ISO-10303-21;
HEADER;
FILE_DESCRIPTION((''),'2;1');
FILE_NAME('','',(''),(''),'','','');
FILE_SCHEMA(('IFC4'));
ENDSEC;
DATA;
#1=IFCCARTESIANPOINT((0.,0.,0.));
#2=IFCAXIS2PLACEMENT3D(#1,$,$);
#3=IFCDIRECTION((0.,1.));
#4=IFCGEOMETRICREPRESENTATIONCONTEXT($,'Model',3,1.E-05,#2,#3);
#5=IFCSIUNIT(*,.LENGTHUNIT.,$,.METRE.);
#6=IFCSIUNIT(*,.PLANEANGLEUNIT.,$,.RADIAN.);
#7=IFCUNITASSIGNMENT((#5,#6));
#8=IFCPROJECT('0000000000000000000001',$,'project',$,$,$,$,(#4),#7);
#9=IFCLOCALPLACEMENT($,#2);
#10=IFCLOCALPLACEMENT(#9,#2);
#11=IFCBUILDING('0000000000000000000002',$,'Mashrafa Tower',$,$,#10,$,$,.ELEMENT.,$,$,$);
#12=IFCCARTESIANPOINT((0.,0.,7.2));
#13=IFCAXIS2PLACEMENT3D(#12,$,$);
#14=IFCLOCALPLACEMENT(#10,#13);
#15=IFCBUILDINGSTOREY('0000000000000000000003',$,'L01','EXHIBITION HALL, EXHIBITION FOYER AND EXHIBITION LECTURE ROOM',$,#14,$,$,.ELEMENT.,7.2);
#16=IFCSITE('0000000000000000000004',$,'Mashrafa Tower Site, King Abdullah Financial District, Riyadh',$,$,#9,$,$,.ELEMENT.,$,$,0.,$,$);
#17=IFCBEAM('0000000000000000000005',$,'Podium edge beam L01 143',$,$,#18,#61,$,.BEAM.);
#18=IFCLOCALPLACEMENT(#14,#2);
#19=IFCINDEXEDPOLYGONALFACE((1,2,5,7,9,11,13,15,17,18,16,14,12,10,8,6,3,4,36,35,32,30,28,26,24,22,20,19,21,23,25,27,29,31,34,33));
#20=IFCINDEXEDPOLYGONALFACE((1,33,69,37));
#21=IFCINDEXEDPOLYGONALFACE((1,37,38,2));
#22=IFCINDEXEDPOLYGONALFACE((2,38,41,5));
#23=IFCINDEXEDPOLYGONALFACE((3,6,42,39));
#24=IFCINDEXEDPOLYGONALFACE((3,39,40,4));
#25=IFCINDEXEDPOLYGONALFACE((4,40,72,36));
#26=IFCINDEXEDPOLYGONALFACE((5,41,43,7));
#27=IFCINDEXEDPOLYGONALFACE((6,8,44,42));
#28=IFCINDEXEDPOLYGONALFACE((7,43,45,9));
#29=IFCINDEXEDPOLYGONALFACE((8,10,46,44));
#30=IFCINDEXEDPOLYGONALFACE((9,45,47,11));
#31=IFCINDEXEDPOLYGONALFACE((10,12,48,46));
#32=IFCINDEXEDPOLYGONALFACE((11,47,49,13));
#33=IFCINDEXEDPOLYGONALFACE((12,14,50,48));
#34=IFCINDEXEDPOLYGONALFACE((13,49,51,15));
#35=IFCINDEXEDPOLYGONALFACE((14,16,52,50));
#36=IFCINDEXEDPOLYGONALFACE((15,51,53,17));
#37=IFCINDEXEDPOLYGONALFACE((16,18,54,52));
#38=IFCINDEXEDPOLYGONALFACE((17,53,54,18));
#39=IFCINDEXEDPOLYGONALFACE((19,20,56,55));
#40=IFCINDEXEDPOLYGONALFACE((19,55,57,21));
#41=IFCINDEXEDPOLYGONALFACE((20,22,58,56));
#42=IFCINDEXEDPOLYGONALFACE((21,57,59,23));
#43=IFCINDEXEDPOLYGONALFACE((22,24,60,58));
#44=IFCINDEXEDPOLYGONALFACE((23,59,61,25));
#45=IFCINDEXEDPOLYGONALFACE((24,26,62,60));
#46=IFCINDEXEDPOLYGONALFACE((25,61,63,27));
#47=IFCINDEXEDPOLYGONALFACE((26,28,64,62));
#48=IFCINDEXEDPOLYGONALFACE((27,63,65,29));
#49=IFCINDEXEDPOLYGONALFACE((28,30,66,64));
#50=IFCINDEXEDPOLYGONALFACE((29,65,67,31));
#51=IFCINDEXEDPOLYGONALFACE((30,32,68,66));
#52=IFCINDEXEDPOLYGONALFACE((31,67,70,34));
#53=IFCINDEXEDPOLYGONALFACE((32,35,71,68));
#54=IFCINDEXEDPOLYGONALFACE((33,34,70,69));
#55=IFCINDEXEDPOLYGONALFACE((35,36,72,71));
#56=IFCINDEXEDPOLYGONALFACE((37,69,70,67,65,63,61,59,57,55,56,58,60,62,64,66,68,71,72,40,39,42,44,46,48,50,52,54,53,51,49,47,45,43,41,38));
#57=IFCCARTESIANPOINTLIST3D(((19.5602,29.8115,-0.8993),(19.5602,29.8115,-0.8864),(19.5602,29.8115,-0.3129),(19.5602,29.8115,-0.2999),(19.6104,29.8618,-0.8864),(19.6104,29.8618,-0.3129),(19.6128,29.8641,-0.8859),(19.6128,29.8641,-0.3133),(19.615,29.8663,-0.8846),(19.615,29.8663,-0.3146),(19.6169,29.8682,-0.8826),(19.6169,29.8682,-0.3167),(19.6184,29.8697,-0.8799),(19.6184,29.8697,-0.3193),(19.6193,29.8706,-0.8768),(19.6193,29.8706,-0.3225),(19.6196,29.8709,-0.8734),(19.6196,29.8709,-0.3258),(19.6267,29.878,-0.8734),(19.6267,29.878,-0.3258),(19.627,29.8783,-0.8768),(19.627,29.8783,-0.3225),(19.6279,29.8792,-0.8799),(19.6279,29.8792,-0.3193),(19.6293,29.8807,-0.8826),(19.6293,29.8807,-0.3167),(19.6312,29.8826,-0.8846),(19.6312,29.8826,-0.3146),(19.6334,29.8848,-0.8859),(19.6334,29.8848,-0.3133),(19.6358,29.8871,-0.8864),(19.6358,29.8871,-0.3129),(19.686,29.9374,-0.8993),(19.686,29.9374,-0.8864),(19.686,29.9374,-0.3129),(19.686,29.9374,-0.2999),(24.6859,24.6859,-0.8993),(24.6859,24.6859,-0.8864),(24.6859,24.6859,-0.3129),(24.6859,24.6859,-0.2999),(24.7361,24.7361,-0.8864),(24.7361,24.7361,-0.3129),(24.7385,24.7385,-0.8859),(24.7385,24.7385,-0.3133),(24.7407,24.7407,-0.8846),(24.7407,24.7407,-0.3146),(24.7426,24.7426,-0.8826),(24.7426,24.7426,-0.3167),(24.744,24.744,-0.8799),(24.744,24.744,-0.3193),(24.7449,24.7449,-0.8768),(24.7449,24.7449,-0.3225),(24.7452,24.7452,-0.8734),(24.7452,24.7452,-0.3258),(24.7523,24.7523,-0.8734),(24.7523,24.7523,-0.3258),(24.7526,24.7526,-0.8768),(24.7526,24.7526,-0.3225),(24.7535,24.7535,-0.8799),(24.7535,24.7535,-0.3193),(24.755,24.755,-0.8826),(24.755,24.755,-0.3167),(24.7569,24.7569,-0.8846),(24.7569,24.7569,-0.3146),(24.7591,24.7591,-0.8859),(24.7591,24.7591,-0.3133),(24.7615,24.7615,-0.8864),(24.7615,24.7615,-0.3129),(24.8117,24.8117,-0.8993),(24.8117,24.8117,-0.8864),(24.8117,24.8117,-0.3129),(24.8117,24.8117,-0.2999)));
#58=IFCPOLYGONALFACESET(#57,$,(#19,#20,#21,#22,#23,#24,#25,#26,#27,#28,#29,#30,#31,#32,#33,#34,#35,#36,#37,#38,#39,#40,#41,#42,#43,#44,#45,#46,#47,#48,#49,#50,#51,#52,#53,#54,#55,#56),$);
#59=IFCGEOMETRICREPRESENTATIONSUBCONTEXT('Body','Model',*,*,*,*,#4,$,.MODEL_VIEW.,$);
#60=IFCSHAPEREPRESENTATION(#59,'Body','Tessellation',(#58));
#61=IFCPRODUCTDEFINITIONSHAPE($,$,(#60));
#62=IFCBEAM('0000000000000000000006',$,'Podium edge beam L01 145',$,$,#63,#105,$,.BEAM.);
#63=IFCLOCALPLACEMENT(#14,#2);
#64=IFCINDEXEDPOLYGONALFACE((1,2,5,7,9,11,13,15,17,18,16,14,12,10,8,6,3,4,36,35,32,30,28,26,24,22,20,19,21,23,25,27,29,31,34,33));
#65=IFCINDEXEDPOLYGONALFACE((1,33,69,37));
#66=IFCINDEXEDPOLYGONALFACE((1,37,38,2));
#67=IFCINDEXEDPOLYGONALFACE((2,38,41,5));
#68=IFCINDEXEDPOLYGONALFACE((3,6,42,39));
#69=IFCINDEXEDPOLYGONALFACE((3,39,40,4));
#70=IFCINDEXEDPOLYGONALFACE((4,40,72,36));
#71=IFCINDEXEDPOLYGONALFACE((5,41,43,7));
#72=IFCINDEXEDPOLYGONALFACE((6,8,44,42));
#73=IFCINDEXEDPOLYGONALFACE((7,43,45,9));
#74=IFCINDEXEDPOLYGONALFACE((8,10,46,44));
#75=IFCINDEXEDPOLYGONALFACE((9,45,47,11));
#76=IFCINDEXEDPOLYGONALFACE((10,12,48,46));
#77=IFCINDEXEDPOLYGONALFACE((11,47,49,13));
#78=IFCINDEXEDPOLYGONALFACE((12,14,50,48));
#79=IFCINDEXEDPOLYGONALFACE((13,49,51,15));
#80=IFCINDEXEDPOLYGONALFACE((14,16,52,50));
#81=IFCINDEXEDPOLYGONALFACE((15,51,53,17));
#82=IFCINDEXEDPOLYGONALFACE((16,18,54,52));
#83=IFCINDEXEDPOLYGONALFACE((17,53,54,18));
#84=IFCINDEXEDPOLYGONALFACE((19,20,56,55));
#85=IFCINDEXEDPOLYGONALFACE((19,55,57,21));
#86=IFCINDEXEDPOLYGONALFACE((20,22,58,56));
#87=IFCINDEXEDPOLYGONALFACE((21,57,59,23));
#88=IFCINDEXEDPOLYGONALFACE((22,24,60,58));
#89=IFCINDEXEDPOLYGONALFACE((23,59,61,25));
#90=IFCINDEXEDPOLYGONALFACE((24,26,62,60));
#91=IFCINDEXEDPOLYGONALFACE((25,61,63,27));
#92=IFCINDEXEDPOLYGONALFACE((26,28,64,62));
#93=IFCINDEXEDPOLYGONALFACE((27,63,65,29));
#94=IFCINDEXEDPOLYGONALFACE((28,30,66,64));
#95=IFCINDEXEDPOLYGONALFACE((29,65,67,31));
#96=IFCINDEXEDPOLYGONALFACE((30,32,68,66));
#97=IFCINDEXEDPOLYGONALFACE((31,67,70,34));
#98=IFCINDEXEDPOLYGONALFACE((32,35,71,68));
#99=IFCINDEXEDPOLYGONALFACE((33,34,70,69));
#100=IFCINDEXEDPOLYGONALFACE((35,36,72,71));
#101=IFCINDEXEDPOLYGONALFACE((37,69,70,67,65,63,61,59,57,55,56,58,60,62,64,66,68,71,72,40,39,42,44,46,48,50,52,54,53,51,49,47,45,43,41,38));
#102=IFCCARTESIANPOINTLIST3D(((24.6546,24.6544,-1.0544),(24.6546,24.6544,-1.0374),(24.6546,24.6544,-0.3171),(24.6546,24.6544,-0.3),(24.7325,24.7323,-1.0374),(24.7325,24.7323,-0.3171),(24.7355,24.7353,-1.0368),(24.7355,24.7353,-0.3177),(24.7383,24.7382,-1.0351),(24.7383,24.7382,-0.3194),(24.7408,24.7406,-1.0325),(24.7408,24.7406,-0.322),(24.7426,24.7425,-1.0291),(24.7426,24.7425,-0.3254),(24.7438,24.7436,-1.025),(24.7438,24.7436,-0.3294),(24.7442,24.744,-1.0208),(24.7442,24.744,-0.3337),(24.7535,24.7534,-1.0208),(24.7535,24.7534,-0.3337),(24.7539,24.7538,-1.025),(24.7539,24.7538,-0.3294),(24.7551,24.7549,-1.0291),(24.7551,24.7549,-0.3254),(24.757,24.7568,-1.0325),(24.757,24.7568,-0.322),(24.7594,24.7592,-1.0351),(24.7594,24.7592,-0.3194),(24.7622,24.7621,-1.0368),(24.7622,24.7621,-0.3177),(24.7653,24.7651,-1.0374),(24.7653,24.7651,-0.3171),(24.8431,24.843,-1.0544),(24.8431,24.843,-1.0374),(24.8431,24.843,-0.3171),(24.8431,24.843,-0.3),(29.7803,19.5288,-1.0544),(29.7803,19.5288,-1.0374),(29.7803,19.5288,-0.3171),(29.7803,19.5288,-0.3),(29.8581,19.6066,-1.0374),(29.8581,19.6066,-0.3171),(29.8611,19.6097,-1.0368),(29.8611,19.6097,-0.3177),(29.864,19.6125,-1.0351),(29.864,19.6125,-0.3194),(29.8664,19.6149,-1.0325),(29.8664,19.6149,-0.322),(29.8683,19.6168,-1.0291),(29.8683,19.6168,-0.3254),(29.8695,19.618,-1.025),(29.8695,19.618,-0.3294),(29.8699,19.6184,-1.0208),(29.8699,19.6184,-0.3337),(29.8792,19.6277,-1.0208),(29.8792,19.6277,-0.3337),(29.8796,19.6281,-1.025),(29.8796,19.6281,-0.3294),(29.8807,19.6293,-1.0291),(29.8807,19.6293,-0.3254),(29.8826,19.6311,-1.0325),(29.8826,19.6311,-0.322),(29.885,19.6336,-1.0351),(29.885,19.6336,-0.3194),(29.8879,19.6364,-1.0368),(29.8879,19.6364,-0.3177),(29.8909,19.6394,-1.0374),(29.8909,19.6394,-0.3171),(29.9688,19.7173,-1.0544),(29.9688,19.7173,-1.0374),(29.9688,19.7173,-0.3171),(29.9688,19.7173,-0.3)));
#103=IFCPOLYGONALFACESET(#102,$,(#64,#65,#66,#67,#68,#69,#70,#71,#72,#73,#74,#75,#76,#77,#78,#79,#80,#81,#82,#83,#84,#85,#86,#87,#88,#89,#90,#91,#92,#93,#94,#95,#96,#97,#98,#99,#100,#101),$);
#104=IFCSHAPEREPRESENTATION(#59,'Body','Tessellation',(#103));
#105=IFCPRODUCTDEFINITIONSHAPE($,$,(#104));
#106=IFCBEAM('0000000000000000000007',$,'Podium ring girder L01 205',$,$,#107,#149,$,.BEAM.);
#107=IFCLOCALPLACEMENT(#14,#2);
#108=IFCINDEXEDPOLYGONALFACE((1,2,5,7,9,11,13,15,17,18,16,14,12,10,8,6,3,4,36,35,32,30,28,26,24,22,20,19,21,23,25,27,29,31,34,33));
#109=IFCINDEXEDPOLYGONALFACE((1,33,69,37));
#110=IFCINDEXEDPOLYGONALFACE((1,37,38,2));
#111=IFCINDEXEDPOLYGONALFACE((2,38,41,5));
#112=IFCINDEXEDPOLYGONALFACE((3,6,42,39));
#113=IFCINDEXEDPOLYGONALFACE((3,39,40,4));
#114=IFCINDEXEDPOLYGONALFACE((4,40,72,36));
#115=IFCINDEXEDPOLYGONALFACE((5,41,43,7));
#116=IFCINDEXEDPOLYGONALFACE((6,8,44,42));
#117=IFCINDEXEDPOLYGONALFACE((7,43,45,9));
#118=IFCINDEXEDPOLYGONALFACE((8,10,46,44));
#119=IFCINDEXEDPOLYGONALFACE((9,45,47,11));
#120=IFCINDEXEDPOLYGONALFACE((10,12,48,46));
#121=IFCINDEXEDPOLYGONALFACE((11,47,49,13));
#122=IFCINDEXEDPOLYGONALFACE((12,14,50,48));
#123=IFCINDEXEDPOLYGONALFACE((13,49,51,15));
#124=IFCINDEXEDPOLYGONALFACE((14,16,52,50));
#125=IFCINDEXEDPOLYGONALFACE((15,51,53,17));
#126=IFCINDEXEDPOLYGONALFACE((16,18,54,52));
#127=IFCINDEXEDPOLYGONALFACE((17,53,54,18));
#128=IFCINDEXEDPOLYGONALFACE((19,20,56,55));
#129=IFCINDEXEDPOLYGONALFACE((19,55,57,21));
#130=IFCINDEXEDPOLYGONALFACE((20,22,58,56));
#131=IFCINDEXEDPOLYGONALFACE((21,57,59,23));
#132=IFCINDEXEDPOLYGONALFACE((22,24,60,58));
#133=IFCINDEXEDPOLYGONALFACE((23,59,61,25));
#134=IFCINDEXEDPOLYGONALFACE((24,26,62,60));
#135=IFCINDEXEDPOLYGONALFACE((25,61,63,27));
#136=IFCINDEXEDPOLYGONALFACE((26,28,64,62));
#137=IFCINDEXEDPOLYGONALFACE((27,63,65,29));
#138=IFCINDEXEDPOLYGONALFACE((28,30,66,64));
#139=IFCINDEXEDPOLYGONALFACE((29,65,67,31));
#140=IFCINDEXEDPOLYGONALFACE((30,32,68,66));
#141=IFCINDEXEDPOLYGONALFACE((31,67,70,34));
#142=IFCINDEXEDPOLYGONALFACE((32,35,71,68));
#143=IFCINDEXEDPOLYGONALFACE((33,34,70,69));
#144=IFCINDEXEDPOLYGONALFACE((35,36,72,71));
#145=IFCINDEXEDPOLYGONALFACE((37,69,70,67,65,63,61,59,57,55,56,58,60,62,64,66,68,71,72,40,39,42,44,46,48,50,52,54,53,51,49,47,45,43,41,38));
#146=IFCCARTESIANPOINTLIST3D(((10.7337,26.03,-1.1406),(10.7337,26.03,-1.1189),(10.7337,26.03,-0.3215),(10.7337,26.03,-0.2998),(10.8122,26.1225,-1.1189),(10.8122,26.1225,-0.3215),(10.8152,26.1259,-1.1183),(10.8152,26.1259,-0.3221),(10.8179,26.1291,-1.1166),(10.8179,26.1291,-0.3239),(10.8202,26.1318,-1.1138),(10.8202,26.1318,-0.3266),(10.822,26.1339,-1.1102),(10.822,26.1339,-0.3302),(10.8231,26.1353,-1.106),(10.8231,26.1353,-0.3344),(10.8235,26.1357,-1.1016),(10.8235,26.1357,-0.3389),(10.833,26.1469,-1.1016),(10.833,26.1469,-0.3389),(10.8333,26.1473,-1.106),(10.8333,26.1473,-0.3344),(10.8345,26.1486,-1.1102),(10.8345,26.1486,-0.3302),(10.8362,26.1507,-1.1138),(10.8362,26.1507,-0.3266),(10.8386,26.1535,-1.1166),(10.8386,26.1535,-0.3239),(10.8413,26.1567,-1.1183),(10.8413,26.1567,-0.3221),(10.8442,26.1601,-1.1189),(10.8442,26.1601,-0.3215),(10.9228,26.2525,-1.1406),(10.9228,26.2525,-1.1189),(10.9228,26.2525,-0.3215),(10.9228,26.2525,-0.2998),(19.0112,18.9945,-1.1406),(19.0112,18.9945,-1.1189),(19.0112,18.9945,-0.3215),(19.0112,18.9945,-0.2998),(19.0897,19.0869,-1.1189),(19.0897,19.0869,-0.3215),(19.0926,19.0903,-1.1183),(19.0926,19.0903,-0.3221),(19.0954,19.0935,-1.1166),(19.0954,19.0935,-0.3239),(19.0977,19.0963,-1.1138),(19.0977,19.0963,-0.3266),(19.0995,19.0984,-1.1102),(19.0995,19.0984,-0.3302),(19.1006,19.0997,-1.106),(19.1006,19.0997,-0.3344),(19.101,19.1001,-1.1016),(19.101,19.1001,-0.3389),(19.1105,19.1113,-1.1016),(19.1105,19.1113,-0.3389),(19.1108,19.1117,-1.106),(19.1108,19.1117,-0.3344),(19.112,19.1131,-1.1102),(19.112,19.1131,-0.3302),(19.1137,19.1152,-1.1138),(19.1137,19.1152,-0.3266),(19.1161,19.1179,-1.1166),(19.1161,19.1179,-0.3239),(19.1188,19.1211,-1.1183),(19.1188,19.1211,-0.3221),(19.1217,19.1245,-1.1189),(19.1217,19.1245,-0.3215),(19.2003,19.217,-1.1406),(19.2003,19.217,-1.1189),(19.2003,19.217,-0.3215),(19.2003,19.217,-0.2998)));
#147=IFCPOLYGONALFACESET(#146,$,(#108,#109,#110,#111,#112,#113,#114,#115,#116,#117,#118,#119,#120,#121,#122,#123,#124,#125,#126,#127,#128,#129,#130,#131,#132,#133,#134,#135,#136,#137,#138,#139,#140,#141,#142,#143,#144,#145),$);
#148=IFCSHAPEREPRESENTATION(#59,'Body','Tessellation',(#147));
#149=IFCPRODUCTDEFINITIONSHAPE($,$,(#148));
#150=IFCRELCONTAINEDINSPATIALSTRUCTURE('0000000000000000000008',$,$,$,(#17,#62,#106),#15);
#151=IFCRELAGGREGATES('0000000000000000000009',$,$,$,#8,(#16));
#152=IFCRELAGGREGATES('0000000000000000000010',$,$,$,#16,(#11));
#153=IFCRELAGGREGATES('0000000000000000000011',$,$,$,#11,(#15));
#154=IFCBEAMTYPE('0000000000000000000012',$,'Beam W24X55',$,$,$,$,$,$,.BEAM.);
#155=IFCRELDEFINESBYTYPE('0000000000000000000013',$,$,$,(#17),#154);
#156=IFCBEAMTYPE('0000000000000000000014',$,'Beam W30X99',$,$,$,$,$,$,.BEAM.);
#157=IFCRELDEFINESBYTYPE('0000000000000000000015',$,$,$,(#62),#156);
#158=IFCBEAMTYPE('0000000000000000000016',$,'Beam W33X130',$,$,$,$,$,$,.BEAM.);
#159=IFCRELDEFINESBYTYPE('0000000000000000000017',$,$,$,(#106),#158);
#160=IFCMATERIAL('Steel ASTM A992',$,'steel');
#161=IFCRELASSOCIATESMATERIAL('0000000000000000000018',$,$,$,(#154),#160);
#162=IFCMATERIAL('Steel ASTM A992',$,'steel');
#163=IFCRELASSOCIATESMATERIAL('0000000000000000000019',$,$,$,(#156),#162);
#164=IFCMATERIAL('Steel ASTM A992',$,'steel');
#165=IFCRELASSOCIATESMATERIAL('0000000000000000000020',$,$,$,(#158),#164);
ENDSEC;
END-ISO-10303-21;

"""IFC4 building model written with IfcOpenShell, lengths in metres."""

from ifc_helpers import new_model, si_unit, direction, frame, origin, origin_2d, place, context, subcontext, project, spatial, i_section, extrude, material, material_profile, profile_set, type_object, element, save


model = new_model("IFC4")

# Units and contexts
model_context = context("Model", 3, precision=1e-05, world=origin(), true_north=direction((0.0, 1.0)))
body_context = subcontext(model_context, "Body", "Model", "MODEL_VIEW")
ifc_project = project(units=[si_unit("LENGTHUNIT", "METRE"), si_unit("PLANEANGLEUNIT", "RADIAN")], contexts=[model_context])

# Site, building, storey
site_placement = place(None, origin())
site = spatial("IfcSite", under=ifc_project, at=site_placement, Name="Mashrafa Tower Site, King Abdullah Financial District, Riyadh", CompositionType="ELEMENT", RefElevation=0.0)
building_placement = place(site_placement, origin())
building = spatial("IfcBuilding", under=site, at=building_placement, Name="Mashrafa Tower", CompositionType="ELEMENT")
storey_placement = place(building_placement, frame((0.0, 0.0, 7.2)))
storey = spatial("IfcBuildingStorey", under=building, at=storey_placement, Name="L01", Description="EXHIBITION HALL, EXHIBITION FOYER AND EXHIBITION LECTURE ROOM", CompositionType="ELEMENT", Elevation=7.2)

# Beams
ifc_material_1 = material(Name="Steel ASTM A992", Category="steel")
ifc_material_profile_1 = material_profile(ifc_material_1, i_section(OverallWidth=0.178, OverallDepth=0.5994, WebThickness=0.01, FlangeThickness=0.0129, FilletRadius=0.0129, at=origin_2d()), Name="W24X55")
ifc_profile_set_1 = profile_set([ifc_material_profile_1], Name="Steel ASTM A992")
beam_type_1 = type_object("IfcBeamType", Name="Beam W24X55", PredefinedType="BEAM", material=ifc_profile_set_1)
beam_1_placement = place(storey_placement, frame((24.7488, 24.7488, -0.5996), z_axis=(-0.707107, 0.707107, 0.0), x_axis=(-0.707107, -0.707107, 0.0)))
element("IfcBeam", 1, at=beam_1_placement, inside=storey, type_object=beam_type_1, Name="Podium edge beam L01 143", PredefinedType="BEAM", context=body_context, shape_type="SweptSolid", body=[
    extrude(i_section(OverallWidth=0.178, OverallDepth=0.5994, WebThickness=0.01, FlangeThickness=0.0129, FilletRadius=0.0129, at=origin_2d()), origin(), (0.0, 0.0, 1.0), 7.2488),
])
ifc_material_2 = material(Name="Steel ASTM A992", Category="steel")
ifc_material_profile_2 = material_profile(ifc_material_2, i_section(OverallWidth=0.2666, OverallDepth=0.7544, WebThickness=0.0132, FlangeThickness=0.0171, FilletRadius=0.0166, at=origin_2d()), Name="W30X99")
ifc_profile_set_2 = profile_set([ifc_material_profile_2], Name="Steel ASTM A992")
beam_type_2 = type_object("IfcBeamType", Name="Beam W30X99", PredefinedType="BEAM", material=ifc_profile_set_2)
beam_2_placement = place(storey_placement, frame((29.8745, 19.623, -0.6772), z_axis=(-0.707107, 0.707107, 0.0), x_axis=(-0.707107, -0.707107, 0.0)))
element("IfcBeam", 2, at=beam_2_placement, inside=storey, type_object=beam_type_2, Name="Podium edge beam L01 145", PredefinedType="BEAM", context=body_context, shape_type="SweptSolid", body=[
    extrude(i_section(OverallWidth=0.2666, OverallDepth=0.7544, WebThickness=0.0132, FlangeThickness=0.0171, FilletRadius=0.0166, at=origin_2d()), origin(), (0.0, 0.0, 1.0), 7.2488),
])
ifc_material_3 = material(Name="Steel ASTM A992", Category="steel")
ifc_material_profile_3 = material_profile(ifc_material_3, i_section(OverallWidth=0.292, OverallDepth=0.8408, WebThickness=0.0146, FlangeThickness=0.0217, FilletRadius=0.0173, at=origin_2d()), Name="W33X130")
ifc_profile_set_3 = profile_set([ifc_material_profile_3], Name="Steel ASTM A992")
beam_type_3 = type_object("IfcBeamType", Name="Beam W33X130", PredefinedType="BEAM", material=ifc_profile_set_3)
beam_3_placement = place(storey_placement, frame((19.1057, 19.1057, -0.7202), z_axis=(-0.761953, 0.647632, 0.0), x_axis=(-0.647632, -0.761953, 0.0)))
element("IfcBeam", 3, at=beam_3_placement, inside=storey, type_object=beam_type_3, Name="Podium ring girder L01 205", PredefinedType="BEAM", context=body_context, shape_type="SweptSolid", body=[
    extrude(i_section(OverallWidth=0.292, OverallDepth=0.8408, WebThickness=0.0146, FlangeThickness=0.0217, FilletRadius=0.0173, at=origin_2d()), origin(), (0.0, 0.0, 1.0), 10.8635),
])

save(model, "model.ifc")
